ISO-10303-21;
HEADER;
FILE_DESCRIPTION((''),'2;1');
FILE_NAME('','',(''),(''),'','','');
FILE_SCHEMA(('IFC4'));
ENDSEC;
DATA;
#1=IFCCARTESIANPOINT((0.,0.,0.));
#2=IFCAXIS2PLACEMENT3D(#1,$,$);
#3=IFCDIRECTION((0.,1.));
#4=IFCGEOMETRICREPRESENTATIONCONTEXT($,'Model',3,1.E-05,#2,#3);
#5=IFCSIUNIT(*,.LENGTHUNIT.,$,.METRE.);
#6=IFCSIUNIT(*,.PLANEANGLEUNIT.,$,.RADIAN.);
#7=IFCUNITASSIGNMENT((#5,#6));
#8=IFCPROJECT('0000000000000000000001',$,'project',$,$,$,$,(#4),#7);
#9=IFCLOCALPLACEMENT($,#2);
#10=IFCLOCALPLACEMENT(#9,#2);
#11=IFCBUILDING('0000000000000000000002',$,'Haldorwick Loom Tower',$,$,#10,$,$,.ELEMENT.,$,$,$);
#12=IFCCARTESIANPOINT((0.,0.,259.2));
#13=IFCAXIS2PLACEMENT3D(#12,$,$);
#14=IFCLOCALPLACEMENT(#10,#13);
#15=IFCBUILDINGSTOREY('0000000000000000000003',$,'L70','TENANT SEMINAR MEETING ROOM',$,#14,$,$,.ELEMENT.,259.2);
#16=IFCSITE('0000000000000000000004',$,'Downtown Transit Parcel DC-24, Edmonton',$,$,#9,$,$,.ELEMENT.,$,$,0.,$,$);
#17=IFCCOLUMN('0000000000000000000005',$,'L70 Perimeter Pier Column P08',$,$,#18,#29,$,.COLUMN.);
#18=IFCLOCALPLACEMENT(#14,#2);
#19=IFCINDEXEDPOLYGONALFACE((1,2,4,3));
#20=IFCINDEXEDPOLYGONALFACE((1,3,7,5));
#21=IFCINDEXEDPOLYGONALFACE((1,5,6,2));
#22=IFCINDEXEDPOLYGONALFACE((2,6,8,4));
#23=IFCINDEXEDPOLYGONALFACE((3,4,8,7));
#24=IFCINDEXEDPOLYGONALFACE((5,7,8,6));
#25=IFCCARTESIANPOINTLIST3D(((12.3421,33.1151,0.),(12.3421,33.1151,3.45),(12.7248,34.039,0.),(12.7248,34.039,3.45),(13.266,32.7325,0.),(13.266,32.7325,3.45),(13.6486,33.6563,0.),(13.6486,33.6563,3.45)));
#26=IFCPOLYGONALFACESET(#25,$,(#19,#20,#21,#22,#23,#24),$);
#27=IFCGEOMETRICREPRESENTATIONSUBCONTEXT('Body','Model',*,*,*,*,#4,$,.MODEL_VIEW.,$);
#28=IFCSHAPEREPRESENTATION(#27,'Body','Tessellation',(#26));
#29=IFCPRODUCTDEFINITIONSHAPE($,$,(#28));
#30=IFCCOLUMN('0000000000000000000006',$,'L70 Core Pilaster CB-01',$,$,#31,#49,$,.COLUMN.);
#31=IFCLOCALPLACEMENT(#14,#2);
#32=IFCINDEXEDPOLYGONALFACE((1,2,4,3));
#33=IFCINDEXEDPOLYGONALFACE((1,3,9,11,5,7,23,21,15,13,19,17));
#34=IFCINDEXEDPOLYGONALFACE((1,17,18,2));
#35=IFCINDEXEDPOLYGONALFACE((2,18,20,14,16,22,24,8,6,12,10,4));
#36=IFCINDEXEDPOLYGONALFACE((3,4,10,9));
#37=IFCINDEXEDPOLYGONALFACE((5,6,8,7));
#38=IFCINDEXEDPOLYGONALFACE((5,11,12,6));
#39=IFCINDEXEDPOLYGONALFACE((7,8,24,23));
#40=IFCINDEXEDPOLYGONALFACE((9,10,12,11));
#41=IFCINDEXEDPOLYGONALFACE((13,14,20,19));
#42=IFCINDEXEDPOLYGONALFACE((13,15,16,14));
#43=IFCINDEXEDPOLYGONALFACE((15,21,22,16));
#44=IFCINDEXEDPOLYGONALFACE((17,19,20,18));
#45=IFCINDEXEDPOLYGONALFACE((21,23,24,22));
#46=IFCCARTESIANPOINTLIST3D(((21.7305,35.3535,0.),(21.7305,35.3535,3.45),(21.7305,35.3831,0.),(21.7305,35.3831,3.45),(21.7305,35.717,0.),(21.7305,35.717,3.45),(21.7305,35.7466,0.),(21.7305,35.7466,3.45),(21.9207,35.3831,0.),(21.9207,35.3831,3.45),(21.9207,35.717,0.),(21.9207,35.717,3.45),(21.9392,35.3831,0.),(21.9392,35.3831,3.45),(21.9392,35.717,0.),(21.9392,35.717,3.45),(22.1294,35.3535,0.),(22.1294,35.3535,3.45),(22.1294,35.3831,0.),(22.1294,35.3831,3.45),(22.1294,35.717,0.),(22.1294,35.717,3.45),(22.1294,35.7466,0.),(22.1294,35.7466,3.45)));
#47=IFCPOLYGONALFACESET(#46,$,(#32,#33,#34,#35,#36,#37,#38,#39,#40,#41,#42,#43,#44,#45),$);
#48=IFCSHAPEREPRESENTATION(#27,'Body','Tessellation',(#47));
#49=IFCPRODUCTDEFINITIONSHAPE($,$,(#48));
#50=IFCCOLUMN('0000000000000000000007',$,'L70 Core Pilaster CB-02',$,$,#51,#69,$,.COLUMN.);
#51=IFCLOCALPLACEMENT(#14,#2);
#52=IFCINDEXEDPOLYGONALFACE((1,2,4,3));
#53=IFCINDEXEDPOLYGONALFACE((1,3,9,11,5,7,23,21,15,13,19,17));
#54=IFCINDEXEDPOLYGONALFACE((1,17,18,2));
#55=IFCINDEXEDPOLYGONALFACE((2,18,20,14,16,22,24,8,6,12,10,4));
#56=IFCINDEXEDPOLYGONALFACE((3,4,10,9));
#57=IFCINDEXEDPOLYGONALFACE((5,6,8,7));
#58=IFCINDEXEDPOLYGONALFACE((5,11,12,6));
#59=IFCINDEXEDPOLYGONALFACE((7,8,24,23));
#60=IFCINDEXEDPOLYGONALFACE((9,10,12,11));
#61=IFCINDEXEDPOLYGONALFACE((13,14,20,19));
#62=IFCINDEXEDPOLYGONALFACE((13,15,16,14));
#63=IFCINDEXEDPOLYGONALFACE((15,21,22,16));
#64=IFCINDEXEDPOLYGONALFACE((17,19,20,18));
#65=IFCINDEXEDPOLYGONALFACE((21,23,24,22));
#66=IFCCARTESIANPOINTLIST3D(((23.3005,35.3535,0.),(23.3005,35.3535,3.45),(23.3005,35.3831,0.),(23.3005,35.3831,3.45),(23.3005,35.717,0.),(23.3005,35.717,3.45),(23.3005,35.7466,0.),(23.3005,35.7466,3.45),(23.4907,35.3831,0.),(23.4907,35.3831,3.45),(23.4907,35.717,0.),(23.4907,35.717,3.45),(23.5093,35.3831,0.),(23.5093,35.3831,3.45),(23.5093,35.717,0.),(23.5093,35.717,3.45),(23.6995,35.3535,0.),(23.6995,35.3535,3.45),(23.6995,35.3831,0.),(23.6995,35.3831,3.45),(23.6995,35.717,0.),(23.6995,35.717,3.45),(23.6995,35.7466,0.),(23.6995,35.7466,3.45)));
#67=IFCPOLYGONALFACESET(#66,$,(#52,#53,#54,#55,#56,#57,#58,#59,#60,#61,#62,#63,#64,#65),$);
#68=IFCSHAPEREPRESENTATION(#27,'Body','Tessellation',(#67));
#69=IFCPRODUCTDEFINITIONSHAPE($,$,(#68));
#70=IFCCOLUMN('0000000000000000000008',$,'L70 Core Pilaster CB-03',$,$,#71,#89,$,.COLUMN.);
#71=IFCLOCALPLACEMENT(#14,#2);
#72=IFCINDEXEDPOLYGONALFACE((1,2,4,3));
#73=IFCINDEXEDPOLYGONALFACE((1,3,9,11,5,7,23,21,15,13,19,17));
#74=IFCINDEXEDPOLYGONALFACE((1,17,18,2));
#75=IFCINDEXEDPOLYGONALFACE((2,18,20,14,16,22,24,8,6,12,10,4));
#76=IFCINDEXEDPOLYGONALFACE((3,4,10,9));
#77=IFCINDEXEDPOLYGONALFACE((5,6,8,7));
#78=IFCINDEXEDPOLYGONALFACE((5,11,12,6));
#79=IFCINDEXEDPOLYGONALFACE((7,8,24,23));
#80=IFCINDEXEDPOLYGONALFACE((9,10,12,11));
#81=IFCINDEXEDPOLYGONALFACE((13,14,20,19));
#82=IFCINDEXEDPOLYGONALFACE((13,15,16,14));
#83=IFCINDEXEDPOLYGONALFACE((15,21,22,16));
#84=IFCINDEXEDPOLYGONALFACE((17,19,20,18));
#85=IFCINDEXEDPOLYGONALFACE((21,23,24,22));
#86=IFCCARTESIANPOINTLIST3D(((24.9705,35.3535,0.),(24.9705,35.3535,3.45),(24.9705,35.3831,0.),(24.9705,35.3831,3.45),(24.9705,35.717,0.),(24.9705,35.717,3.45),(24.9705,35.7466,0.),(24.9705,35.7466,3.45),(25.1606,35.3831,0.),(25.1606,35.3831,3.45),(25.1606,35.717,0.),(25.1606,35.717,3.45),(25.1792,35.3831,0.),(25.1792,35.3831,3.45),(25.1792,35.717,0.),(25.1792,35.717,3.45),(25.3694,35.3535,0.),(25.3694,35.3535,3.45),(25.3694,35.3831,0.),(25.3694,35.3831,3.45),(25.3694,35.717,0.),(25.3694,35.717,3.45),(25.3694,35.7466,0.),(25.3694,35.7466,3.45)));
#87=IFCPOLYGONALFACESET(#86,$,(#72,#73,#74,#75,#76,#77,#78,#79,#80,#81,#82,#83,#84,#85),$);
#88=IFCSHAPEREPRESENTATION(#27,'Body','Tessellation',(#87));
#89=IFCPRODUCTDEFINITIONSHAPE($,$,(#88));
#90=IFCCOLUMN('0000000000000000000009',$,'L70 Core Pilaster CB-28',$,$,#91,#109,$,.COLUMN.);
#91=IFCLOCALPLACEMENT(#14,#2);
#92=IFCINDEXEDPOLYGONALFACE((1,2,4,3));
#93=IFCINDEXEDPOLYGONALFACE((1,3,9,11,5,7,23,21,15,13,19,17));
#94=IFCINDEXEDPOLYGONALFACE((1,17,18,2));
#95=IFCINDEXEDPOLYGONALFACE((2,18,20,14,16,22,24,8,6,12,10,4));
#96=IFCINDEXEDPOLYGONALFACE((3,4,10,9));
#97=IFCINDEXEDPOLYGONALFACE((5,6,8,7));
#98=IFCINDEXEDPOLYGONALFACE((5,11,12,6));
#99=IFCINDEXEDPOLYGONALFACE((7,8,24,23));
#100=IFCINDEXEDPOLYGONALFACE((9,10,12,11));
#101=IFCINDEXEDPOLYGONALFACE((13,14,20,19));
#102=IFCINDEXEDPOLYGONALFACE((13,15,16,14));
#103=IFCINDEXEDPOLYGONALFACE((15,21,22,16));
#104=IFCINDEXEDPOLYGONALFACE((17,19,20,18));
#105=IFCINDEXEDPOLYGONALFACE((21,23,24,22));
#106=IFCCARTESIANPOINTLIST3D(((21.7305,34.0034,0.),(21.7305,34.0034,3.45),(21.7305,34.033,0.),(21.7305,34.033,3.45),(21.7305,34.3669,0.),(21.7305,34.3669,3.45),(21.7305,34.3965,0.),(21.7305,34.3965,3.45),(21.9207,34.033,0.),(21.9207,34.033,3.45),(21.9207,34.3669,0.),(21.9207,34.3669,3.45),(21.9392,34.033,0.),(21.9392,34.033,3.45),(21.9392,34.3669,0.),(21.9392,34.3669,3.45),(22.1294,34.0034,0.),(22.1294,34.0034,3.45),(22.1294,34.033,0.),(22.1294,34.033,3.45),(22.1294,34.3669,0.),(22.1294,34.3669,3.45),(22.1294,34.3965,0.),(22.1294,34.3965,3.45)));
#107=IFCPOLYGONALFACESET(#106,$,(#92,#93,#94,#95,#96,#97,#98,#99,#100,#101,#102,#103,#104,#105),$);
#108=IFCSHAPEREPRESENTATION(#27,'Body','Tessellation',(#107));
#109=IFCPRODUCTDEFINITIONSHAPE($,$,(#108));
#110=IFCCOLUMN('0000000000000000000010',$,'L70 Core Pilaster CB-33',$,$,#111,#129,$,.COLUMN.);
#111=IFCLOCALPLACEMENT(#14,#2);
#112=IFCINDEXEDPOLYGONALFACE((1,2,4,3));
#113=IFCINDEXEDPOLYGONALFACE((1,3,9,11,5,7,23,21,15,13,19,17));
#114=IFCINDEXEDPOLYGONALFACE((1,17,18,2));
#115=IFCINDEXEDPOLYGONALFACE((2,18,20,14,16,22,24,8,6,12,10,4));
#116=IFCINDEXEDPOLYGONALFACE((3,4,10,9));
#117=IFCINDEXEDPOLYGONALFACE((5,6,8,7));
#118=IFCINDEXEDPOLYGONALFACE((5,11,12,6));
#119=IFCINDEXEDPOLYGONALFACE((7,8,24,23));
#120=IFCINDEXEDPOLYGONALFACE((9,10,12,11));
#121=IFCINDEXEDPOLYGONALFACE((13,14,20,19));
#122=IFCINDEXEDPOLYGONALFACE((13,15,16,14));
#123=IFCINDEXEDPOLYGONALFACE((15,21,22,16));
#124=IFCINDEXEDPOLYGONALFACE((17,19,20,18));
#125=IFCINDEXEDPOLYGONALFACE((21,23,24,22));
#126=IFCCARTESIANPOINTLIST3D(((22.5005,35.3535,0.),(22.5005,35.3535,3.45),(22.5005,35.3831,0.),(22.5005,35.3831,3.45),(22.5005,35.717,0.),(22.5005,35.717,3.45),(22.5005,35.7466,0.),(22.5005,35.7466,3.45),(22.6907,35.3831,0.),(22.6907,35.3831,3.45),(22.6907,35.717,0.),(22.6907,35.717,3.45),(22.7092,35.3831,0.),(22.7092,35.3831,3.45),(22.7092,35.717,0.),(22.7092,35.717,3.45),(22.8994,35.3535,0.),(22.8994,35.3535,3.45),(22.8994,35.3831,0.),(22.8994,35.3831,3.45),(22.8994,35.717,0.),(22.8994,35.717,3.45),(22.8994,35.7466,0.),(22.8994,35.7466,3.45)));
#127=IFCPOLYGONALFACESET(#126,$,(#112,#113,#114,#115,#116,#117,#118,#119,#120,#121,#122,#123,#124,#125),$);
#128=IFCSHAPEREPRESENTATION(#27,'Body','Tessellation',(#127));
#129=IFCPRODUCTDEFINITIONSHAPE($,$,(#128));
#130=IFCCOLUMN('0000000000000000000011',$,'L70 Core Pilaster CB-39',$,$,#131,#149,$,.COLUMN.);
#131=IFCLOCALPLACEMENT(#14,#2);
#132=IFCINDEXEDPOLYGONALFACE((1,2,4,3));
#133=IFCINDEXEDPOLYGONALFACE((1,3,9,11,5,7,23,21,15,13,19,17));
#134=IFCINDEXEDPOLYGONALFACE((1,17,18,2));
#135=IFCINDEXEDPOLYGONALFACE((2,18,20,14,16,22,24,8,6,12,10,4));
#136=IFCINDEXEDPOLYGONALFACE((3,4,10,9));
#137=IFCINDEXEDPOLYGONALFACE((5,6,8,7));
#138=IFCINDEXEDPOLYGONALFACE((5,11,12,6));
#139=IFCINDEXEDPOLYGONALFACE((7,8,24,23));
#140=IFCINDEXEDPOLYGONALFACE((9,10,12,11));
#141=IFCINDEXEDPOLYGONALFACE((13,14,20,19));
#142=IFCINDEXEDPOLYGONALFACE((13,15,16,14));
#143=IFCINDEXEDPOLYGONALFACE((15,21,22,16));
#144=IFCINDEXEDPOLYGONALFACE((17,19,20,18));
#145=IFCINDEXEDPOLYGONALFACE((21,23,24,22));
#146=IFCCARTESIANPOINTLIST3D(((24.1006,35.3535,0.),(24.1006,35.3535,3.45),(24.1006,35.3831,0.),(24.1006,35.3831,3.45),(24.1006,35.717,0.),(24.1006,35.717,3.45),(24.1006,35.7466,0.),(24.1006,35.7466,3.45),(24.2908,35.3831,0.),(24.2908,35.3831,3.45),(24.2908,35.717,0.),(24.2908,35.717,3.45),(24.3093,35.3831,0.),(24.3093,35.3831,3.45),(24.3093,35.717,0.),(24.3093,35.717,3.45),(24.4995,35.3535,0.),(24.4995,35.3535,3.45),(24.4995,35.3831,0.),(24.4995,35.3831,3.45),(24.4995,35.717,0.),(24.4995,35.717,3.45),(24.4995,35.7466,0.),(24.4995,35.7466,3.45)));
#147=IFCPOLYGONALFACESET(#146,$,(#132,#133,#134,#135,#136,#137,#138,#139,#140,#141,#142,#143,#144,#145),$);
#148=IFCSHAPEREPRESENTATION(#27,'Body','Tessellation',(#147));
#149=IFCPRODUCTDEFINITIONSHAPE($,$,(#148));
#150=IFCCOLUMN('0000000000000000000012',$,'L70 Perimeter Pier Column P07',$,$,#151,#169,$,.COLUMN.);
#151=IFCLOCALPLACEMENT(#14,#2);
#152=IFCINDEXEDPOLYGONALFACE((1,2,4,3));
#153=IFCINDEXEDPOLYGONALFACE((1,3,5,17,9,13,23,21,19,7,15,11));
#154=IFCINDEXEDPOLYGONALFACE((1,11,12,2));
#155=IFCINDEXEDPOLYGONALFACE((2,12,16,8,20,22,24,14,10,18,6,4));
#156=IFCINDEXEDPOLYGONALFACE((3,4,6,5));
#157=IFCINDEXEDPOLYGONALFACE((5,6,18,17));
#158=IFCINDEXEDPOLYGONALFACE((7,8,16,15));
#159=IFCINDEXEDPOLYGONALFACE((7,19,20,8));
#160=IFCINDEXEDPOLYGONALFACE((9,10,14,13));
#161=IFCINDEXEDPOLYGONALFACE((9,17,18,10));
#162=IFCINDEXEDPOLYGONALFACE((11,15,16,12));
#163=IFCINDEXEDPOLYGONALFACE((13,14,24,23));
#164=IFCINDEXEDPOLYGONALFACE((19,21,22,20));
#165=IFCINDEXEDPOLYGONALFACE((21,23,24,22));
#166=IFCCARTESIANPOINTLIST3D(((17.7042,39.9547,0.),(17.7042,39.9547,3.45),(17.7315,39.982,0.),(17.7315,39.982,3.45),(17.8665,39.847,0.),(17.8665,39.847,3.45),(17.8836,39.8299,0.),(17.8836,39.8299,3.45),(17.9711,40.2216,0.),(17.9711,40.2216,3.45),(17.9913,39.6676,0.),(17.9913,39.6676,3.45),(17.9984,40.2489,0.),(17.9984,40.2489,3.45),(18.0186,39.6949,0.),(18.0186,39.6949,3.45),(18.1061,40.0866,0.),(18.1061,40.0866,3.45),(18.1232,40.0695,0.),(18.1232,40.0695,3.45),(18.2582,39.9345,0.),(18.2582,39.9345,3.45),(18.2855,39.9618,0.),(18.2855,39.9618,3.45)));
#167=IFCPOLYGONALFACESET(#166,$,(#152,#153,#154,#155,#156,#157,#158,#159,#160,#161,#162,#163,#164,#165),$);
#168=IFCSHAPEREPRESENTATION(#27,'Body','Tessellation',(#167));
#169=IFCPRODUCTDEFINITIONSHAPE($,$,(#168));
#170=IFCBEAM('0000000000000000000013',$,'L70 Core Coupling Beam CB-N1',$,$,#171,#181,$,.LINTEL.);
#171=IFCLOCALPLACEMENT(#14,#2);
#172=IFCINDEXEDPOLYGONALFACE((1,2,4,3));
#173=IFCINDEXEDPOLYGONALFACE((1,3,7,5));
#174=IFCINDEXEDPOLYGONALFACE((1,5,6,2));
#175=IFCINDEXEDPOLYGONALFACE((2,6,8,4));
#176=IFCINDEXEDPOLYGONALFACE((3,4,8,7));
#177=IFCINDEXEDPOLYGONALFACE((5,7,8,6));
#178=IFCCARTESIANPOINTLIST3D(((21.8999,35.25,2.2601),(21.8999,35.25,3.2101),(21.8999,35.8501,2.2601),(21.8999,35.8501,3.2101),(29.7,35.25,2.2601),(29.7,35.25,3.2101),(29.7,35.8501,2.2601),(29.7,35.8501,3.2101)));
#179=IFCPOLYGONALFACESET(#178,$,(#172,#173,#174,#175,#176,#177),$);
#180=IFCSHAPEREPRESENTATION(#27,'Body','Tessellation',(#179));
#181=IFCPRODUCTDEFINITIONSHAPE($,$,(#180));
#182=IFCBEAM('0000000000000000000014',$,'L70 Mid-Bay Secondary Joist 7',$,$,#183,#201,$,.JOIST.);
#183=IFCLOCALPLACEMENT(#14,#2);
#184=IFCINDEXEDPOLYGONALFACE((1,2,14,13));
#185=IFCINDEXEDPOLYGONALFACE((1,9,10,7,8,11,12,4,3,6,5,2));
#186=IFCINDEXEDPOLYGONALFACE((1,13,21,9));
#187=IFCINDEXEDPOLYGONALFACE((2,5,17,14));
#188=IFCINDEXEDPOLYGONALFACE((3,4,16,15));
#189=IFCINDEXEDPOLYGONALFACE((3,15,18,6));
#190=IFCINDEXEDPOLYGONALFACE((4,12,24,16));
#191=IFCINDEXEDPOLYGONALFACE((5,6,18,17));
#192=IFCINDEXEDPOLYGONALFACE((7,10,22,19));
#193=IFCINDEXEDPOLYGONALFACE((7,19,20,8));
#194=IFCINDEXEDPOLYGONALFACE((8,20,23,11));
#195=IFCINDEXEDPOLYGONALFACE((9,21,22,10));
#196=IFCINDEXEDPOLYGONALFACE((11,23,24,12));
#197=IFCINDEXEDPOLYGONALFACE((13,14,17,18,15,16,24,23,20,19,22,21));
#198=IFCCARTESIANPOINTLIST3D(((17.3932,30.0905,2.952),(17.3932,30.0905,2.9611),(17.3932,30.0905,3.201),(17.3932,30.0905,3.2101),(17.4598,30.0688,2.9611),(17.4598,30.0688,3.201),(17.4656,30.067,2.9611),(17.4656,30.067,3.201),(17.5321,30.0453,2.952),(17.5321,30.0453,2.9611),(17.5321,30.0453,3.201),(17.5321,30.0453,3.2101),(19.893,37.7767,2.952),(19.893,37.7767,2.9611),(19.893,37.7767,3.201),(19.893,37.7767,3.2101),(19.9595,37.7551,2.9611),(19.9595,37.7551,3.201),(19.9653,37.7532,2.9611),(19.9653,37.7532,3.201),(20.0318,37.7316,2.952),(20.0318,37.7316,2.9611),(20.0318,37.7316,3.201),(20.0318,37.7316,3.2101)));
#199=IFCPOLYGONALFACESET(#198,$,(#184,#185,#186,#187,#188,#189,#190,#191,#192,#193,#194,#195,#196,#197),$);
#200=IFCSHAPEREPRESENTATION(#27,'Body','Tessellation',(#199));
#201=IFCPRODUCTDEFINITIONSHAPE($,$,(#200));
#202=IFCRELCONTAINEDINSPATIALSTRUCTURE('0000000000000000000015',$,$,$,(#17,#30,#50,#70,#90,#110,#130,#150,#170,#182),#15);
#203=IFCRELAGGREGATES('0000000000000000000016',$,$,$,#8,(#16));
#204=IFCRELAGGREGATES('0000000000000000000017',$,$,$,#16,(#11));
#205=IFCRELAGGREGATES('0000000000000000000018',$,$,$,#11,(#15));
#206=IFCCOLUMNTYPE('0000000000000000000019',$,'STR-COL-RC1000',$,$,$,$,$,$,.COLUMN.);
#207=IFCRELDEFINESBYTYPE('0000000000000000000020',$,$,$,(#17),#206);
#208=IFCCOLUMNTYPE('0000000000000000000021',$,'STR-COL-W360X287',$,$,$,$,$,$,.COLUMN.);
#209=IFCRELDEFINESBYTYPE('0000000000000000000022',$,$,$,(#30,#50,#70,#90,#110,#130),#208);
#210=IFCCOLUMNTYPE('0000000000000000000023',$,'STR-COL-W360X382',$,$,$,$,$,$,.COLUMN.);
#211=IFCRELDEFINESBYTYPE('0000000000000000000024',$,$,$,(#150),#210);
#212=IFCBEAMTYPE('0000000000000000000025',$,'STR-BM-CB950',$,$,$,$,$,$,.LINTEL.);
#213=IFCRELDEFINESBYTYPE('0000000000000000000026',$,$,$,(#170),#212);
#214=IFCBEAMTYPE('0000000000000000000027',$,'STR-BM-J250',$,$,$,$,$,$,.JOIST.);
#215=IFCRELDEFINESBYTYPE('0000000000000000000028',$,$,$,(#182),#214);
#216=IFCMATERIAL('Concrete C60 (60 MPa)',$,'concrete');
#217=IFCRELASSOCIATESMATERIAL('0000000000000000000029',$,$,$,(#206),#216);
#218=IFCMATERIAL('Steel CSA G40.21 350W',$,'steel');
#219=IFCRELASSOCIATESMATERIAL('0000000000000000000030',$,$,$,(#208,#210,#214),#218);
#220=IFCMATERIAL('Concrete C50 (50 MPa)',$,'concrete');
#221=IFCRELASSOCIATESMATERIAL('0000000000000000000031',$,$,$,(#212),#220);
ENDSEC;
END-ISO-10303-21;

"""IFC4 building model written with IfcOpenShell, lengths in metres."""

from ifc_helpers import new_model, si_unit, direction, frame, origin, origin_2d, place, context, subcontext, project, spatial, rectangle, i_section, extrude, material, material_profile, profile_set, type_object, element, save


model = new_model("IFC4")

# Units and contexts
model_context = context("Model", 3, precision=1e-05, world=origin(), true_north=direction((0.0, 1.0)))
body_context = subcontext(model_context, "Body", "Model", "MODEL_VIEW")
ifc_project = project(units=[si_unit("LENGTHUNIT", "METRE"), si_unit("PLANEANGLEUNIT", "RADIAN")], contexts=[model_context])

# Site, building, storey
site_placement = place(None, origin())
site = spatial("IfcSite", under=ifc_project, at=site_placement, Name="Downtown Transit Parcel DC-24, Edmonton", CompositionType="ELEMENT", RefElevation=0.0)
building_placement = place(site_placement, origin())
building = spatial("IfcBuilding", under=site, at=building_placement, Name="Haldorwick Loom Tower", CompositionType="ELEMENT")
storey_placement = place(building_placement, frame((0.0, 0.0, 259.2)))
storey = spatial("IfcBuildingStorey", under=building, at=storey_placement, Name="L70", Description="TENANT SEMINAR MEETING ROOM", CompositionType="ELEMENT", Elevation=259.2)

# Columns
ifc_material_1 = material(Name="Concrete C60 (60 MPa)", Category="concrete")
ifc_material_profile_1 = material_profile(ifc_material_1, rectangle(XDim=1.0, YDim=1.0, at=origin_2d()), Name="RC1000X1000", Category="concrete")
ifc_profile_set_1 = profile_set([ifc_material_profile_1], Name="Concrete C60 (60 MPa)")
column_type_1 = type_object("IfcColumnType", Name="STR-COL-RC1000", PredefinedType="COLUMN", material=ifc_profile_set_1)
column_1_placement = place(storey_placement, frame((12.9954, 33.3857, 0.0), z_axis=(0.0, 0.0, 1.0), x_axis=(-0.92388, 0.382683, 0.0)))
element("IfcColumn", 1, at=column_1_placement, inside=storey, type_object=column_type_1, Name="L70 Perimeter Pier Column P08", PredefinedType="COLUMN", context=body_context, shape_type="SweptSolid", body=[
    extrude(rectangle(XDim=1.0, YDim=1.0, at=origin_2d()), origin(), (0.0, 0.0, 1.0), 3.45),
])
ifc_material_2 = material(Name="Steel CSA G40.21 350W", Category="steel")
ifc_material_profile_2 = material_profile(ifc_material_2, i_section(OverallWidth=0.3989, OverallDepth=0.3931, WebThickness=0.0186, FlangeThickness=0.0295, at=origin_2d()), Name="W360X287", Category="steel")
ifc_profile_set_2 = profile_set([ifc_material_profile_2], Name="Steel CSA G40.21 350W")
column_type_2 = type_object("IfcColumnType", Name="STR-COL-W360X287", PredefinedType="COLUMN", material=ifc_profile_set_2)
for number, where, z_axis, x_axis, name in (
    (2, (21.9299, 35.55, 0.0), (0.0, 0.0, 1.0), (1.0, 0.0, 0.0), "L70 Core Pilaster CB-01"),
    (3, (23.5, 35.55, 0.0), (0.0, 0.0, 1.0), (1.0, 0.0, 0.0), "L70 Core Pilaster CB-02"),
    (4, (25.1699, 35.55, 0.0), (0.0, 0.0, 1.0), (1.0, 0.0, 0.0), "L70 Core Pilaster CB-03"),
    (5, (21.9299, 34.2, 0.0), (0.0, 0.0, 1.0), (1.0, 0.0, 0.0), "L70 Core Pilaster CB-28"),
    (6, (22.7, 35.55, 0.0), (0.0, 0.0, 1.0), (1.0, 0.0, 0.0), "L70 Core Pilaster CB-33"),
    (7, (24.3, 35.55, 0.0), (0.0, 0.0, 1.0), (1.0, 0.0, 0.0), "L70 Core Pilaster CB-39"),
):
    element("IfcColumn", number, at=place(storey_placement, frame(where, z_axis=z_axis, x_axis=x_axis)), inside=storey, type_object=column_type_2, Name=name, PredefinedType="COLUMN", context=body_context, shape_type="SweptSolid", body=[
        extrude(i_section(OverallWidth=0.3989, OverallDepth=0.3931, WebThickness=0.0186, FlangeThickness=0.0295, at=origin_2d()), origin(), (0.0, 0.0, 1.0), 3.45),
    ])
ifc_material_profile_3 = material_profile(ifc_material_2, i_section(OverallWidth=0.406, OverallDepth=0.416, WebThickness=0.0242, FlangeThickness=0.0386, at=origin_2d()), Name="W360X382", Category="steel")
ifc_profile_set_3 = profile_set([ifc_material_profile_3], Name="Steel CSA G40.21 350W")
column_type_3 = type_object("IfcColumnType", Name="STR-COL-W360X382", PredefinedType="COLUMN", material=ifc_profile_set_3)
column_2_placement = place(storey_placement, frame((17.9949, 39.9583, 0.0), z_axis=(0.0, 0.0, 1.0), x_axis=(-0.707107, 0.707107, 0.0)))
element("IfcColumn", 8, at=column_2_placement, inside=storey, type_object=column_type_3, Name="L70 Perimeter Pier Column P07", PredefinedType="COLUMN", context=body_context, shape_type="SweptSolid", body=[
    extrude(i_section(OverallWidth=0.406, OverallDepth=0.416, WebThickness=0.0242, FlangeThickness=0.0386, at=origin_2d()), origin(), (0.0, 0.0, 1.0), 3.45),
])

# Beams
ifc_material_3 = material(Name="Concrete C50 (50 MPa)", Category="concrete")
ifc_material_profile_4 = material_profile(ifc_material_3, rectangle(XDim=0.6001, YDim=0.95, at=origin_2d()), Name="RC600X950", Category="concrete")
ifc_profile_set_4 = profile_set([ifc_material_profile_4], Name="Concrete C50 (50 MPa)")
beam_type_1 = type_object("IfcBeamType", Name="STR-BM-CB950", PredefinedType="LINTEL", material=ifc_profile_set_4)
beam_1_placement = place(storey_placement, frame((21.8999, 35.55, 2.7351), z_axis=(1.0, 0.0, 0.0), x_axis=(0.0, 1.0, 0.0)))
element("IfcBeam", 9, at=beam_1_placement, inside=storey, type_object=beam_type_1, Name="L70 Core Coupling Beam CB-N1", PredefinedType="LINTEL", context=body_context, shape_type="SweptSolid", body=[
    extrude(rectangle(XDim=0.6001, YDim=0.95, at=origin_2d()), origin(), (0.0, 0.0, 1.0), 7.8),
])
ifc_material_profile_5 = material_profile(ifc_material_2, i_section(OverallWidth=0.146, OverallDepth=0.2581, WebThickness=0.0061, FlangeThickness=0.009, at=origin_2d()), Name="W250X33", Category="steel")
ifc_profile_set_5 = profile_set([ifc_material_profile_5], Name="Steel CSA G40.21 350W")
beam_type_2 = type_object("IfcBeamType", Name="STR-BM-J250", PredefinedType="JOIST", material=ifc_profile_set_5)
beam_2_placement = place(storey_placement, frame((19.9624, 37.7542, 3.0811), z_axis=(-0.309278, -0.950972, 0.0), x_axis=(0.950972, -0.309278, 0.0)))
element("IfcBeam", 10, at=beam_2_placement, inside=storey, type_object=beam_type_2, Name="L70 Mid-Bay Secondary Joist 7", PredefinedType="JOIST", context=body_context, shape_type="SweptSolid", body=[
    extrude(i_section(OverallWidth=0.146, OverallDepth=0.2581, WebThickness=0.0061, FlangeThickness=0.009, at=origin_2d()), origin(), (0.0, 0.0, 1.0), 8.0825),
])

save(model, "model.ifc")
